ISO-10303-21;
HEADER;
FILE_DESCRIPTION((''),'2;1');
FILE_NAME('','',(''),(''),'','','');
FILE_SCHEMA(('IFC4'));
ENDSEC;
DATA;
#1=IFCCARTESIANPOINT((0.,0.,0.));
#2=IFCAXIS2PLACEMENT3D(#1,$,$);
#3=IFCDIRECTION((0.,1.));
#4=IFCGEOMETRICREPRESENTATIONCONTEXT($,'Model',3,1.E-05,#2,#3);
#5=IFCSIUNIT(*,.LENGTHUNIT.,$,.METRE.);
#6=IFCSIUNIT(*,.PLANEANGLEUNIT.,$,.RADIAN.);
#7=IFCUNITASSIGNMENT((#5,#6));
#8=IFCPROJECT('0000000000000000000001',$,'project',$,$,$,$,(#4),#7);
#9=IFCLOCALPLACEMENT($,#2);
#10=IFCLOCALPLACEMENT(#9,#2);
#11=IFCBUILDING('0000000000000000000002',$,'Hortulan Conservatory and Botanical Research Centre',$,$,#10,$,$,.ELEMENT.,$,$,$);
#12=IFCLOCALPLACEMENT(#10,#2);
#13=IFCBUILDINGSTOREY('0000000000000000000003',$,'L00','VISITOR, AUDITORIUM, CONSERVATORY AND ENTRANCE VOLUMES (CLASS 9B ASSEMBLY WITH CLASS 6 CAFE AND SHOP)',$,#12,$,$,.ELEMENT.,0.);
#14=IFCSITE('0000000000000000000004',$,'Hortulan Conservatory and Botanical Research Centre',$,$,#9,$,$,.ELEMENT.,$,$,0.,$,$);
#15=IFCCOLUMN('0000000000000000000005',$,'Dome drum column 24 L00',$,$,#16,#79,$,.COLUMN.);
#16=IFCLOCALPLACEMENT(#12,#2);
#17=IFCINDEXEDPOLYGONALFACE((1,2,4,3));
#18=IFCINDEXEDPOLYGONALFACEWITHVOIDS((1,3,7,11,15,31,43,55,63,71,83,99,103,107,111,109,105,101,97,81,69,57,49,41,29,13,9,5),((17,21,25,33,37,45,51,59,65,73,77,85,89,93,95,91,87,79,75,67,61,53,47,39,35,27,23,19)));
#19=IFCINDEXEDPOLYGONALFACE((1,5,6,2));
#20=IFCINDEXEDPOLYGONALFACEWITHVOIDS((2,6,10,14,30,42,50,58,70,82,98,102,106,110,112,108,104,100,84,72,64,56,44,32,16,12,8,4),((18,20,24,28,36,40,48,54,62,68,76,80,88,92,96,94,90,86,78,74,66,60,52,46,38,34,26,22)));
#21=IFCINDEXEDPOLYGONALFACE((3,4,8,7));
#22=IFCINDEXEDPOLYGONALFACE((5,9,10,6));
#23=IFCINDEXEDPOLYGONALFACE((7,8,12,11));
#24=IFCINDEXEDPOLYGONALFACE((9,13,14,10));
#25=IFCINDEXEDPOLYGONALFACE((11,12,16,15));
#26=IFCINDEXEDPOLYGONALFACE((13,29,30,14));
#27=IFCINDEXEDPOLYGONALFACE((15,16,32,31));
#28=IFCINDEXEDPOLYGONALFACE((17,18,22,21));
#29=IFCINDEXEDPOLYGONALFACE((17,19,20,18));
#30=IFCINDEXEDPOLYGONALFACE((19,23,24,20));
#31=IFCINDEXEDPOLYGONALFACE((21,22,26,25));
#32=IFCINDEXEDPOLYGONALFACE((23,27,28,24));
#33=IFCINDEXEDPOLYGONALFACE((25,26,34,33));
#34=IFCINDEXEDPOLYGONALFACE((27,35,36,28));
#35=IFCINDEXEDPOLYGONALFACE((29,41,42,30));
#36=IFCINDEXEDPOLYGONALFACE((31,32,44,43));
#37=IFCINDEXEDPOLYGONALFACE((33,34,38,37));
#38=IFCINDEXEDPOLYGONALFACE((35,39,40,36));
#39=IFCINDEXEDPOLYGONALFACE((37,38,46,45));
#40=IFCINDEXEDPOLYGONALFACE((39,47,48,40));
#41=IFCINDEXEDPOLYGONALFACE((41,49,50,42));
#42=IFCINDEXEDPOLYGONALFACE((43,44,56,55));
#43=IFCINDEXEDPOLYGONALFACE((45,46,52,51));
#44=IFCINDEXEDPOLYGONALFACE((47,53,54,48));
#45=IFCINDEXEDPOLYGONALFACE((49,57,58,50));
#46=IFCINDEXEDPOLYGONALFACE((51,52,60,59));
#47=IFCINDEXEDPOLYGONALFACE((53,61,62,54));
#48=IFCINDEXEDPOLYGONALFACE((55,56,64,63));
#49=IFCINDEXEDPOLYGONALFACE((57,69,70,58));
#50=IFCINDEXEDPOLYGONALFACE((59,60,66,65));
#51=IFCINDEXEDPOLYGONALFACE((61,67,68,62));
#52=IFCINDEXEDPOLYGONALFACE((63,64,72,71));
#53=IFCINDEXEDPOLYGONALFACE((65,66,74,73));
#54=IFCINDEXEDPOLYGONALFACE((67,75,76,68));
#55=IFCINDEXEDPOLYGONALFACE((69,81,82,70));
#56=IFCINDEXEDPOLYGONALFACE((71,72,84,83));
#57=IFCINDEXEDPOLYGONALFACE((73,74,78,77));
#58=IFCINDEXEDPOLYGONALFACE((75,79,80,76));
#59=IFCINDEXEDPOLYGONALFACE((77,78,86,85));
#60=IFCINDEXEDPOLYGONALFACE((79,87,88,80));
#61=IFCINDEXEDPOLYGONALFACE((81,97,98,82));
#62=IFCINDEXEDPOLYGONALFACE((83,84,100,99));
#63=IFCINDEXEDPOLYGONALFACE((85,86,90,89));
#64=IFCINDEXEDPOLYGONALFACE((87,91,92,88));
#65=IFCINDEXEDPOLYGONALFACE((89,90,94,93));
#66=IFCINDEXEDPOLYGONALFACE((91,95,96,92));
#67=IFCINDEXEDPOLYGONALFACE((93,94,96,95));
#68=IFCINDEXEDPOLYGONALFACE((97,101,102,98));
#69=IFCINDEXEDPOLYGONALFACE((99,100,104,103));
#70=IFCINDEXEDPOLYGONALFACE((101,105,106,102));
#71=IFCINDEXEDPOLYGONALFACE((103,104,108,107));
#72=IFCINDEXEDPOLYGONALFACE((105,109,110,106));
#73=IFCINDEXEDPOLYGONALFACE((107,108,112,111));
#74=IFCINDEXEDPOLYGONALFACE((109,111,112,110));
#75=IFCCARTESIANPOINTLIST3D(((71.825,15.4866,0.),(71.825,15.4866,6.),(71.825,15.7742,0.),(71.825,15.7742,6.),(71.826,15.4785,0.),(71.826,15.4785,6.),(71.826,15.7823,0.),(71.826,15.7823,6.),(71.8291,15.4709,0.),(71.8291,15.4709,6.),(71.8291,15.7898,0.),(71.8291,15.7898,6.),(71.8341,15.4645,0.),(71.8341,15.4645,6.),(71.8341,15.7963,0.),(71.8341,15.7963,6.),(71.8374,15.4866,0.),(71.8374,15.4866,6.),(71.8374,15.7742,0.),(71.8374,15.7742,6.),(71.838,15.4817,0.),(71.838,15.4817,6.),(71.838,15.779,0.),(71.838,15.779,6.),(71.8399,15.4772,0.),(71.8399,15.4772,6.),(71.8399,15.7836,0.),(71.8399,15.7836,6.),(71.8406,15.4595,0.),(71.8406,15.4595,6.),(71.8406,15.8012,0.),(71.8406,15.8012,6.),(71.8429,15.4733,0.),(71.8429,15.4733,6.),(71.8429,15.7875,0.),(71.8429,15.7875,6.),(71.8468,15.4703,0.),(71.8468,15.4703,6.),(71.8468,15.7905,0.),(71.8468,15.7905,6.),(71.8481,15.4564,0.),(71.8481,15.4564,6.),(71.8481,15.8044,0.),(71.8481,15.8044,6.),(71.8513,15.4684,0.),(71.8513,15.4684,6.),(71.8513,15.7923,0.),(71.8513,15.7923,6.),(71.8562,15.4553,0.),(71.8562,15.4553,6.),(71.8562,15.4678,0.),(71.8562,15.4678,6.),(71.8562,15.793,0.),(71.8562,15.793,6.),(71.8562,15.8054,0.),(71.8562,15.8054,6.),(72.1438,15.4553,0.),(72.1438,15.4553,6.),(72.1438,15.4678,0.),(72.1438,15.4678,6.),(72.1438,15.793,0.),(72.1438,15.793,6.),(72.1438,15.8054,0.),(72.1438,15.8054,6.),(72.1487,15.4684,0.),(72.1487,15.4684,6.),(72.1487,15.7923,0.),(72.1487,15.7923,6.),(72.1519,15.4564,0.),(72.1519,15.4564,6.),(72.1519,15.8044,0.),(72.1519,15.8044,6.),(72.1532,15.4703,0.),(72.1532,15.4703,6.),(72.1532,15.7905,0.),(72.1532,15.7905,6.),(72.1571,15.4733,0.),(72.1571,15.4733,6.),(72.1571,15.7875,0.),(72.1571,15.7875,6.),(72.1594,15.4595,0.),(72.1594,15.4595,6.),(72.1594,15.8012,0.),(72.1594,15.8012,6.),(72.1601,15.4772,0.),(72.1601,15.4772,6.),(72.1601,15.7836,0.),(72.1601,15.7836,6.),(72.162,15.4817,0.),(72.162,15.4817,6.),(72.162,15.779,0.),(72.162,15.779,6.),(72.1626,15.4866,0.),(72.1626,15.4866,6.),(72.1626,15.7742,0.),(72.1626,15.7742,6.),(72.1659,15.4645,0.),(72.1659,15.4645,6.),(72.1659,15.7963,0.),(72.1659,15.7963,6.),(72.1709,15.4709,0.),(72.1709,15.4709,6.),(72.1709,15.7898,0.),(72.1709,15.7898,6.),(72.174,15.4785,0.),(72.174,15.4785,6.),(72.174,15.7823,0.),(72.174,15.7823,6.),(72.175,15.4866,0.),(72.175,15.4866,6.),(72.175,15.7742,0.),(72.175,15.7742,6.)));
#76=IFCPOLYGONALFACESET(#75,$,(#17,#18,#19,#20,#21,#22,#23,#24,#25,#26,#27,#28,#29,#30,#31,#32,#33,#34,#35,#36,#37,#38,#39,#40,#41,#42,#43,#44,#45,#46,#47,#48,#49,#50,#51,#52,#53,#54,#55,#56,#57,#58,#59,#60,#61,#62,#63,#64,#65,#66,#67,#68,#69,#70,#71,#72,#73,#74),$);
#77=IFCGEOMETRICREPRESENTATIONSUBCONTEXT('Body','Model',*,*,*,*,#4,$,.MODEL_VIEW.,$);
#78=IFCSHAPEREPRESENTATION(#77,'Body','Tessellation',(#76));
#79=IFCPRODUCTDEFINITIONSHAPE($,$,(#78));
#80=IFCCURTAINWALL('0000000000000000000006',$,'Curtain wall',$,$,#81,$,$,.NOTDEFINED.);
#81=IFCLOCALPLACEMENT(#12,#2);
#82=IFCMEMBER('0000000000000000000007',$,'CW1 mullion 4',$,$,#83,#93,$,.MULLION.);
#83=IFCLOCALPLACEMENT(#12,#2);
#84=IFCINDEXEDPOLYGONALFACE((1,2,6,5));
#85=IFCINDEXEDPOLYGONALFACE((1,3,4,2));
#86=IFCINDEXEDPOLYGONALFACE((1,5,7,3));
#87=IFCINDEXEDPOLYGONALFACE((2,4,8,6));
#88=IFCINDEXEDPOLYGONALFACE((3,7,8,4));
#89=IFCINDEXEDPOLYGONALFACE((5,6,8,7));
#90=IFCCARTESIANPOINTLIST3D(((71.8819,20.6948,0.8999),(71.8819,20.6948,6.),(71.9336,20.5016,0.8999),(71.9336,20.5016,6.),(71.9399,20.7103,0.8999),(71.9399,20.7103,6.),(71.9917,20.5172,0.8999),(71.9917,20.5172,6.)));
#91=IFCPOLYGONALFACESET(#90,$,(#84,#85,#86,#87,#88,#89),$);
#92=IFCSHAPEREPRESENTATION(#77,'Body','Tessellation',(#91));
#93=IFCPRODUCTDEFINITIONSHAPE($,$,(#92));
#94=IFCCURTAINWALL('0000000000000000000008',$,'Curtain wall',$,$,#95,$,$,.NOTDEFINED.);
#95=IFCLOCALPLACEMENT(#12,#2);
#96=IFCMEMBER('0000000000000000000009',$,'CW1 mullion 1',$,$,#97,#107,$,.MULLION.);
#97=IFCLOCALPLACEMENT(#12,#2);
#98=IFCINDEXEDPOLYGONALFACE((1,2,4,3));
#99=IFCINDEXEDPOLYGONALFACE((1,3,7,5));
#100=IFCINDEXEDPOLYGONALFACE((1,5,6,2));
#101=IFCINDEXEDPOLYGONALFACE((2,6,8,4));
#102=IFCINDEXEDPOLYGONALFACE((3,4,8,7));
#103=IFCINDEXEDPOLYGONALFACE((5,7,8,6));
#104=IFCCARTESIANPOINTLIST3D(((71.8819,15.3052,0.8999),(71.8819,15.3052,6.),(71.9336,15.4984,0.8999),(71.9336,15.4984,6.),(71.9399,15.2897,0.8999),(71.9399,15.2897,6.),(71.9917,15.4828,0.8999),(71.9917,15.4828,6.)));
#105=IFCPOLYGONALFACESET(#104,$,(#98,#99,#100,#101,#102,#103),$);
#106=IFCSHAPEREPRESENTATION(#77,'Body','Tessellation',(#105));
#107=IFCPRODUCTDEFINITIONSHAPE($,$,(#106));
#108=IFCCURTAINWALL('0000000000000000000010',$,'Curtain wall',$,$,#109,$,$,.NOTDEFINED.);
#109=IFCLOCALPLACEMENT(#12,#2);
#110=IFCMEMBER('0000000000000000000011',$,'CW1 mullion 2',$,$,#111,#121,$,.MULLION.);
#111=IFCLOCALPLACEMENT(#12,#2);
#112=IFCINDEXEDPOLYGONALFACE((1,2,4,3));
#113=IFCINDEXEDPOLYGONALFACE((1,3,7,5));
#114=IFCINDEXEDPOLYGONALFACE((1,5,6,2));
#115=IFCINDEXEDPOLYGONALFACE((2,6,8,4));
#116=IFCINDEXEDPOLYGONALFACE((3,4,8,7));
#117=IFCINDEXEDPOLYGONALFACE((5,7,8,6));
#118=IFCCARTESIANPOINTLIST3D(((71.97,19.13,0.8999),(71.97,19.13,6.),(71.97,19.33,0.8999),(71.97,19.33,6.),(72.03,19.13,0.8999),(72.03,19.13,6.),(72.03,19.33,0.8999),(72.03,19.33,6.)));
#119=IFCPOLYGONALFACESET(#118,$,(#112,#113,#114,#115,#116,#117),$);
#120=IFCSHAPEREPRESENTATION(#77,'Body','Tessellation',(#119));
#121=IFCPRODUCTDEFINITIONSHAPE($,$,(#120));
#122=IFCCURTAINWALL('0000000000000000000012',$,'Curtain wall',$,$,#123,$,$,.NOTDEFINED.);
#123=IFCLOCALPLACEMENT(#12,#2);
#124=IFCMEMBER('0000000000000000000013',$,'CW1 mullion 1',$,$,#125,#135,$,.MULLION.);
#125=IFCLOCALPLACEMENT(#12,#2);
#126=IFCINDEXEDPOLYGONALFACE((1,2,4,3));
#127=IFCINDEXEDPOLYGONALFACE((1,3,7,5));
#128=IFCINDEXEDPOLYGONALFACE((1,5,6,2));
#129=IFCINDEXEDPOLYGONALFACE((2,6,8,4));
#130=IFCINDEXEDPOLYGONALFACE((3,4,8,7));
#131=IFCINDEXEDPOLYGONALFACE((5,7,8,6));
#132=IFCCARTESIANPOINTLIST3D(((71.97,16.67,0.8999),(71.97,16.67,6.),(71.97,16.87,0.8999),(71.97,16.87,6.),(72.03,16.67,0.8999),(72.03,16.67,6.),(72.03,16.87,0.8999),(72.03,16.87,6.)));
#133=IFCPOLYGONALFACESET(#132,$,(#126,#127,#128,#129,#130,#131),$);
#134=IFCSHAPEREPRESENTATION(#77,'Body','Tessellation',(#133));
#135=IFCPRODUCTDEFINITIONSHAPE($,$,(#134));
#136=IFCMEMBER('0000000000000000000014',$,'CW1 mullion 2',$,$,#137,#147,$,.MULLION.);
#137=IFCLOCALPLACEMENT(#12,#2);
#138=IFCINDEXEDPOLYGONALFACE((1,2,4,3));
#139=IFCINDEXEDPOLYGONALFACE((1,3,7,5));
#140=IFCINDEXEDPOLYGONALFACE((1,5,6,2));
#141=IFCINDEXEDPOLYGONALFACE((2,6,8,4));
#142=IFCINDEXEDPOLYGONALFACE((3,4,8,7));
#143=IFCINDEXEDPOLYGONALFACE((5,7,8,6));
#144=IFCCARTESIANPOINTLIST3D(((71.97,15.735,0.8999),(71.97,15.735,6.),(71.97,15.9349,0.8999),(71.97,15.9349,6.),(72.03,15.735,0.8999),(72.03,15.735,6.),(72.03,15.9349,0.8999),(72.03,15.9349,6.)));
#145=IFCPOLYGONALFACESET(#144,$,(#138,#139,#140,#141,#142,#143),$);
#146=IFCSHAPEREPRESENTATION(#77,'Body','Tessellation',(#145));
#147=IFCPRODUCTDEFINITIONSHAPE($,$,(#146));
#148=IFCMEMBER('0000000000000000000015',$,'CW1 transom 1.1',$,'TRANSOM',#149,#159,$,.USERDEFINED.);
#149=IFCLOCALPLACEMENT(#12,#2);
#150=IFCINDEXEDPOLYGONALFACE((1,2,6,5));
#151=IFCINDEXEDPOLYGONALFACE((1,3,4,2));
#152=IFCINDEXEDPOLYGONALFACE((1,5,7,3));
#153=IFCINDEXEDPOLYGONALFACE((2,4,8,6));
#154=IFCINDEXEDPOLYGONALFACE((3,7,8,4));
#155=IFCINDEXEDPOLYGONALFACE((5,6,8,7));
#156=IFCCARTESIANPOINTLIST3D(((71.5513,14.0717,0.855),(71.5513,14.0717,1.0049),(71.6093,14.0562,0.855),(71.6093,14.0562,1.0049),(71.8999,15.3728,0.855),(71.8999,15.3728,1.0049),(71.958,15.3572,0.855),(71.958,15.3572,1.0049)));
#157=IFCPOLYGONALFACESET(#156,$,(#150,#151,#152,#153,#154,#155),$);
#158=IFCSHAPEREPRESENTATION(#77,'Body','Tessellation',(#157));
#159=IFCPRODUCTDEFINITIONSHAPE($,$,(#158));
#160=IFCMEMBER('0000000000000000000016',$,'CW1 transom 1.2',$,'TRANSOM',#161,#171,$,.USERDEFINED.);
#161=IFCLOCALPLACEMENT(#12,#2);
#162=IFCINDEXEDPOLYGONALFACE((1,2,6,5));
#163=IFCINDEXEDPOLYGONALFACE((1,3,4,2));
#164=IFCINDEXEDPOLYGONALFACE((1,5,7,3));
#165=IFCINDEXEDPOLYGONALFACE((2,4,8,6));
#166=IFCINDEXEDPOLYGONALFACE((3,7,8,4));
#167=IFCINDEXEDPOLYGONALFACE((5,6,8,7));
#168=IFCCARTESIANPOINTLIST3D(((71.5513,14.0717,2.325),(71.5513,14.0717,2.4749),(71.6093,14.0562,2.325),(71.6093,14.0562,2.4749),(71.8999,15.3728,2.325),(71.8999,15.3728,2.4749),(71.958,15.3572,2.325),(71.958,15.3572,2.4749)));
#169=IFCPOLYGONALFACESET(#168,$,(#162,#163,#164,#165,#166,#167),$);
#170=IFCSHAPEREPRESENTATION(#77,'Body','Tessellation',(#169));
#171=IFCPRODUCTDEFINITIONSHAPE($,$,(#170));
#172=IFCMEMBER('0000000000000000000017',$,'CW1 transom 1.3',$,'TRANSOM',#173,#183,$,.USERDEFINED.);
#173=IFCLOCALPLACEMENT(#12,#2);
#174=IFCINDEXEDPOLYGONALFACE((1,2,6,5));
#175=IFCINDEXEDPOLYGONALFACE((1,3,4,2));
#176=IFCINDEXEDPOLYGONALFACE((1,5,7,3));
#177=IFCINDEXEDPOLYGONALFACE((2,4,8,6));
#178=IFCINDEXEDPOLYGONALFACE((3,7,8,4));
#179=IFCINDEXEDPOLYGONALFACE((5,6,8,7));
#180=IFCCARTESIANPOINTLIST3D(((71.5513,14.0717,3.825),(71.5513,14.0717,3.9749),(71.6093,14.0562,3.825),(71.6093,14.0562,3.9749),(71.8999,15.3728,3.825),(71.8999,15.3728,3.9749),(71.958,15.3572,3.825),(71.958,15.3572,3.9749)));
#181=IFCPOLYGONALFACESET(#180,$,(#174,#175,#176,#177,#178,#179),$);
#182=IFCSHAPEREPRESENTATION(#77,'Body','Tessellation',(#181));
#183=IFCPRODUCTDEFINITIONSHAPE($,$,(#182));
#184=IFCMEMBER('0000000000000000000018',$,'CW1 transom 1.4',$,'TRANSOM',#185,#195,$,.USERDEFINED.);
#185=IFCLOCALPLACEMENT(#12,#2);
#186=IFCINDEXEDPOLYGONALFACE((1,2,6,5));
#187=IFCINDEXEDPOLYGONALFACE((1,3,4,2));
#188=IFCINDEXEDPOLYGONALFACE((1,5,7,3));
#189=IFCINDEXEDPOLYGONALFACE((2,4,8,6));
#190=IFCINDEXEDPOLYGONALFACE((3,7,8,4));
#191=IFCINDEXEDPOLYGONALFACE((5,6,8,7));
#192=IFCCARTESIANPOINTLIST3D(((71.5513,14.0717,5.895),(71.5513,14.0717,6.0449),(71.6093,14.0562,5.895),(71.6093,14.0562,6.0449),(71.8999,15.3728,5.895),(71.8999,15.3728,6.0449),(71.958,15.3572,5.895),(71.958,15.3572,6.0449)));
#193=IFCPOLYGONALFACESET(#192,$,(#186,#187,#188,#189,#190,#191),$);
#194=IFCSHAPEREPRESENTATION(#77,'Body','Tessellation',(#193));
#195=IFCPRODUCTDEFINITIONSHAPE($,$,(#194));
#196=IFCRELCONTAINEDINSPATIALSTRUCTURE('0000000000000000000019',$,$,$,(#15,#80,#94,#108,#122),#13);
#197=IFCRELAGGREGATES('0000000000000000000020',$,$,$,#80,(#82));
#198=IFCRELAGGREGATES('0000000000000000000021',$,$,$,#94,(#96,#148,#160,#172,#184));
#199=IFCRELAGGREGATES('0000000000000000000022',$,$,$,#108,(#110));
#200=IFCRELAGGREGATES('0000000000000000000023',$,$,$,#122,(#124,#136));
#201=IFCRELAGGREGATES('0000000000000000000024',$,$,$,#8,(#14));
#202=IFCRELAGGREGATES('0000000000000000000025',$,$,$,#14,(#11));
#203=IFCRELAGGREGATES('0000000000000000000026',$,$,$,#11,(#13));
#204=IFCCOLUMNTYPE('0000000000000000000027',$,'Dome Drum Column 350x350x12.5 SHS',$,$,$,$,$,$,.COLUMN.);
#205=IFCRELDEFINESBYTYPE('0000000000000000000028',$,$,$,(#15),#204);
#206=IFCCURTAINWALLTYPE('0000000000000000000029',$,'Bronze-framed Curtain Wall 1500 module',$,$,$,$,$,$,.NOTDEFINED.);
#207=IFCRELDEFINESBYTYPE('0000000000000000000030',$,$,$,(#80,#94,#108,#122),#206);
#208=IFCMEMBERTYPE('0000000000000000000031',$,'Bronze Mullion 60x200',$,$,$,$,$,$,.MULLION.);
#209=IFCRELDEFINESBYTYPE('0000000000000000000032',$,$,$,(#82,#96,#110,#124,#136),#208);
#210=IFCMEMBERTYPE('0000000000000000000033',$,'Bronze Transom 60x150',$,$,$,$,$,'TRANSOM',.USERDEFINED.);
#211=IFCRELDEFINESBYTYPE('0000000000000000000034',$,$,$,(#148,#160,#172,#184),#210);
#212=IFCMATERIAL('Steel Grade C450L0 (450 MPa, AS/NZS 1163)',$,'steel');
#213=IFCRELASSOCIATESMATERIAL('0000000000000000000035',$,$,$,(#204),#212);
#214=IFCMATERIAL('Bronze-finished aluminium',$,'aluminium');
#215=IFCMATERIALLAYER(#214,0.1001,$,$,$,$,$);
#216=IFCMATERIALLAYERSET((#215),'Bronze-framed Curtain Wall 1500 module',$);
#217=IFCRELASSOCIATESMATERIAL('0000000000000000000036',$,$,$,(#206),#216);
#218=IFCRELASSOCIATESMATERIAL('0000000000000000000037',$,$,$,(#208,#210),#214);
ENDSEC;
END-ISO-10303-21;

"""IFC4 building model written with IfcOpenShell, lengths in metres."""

from ifc_helpers import new_model, si_unit, direction, frame, origin, origin_2d, place, context, subcontext, project, spatial, rectangle, hollow_rectangle, extrude, material, layer, layer_set, material_profile, profile_set, type_object, element, aggregate, save


model = new_model("IFC4")

# Units and contexts
model_context = context("Model", 3, precision=1e-05, world=origin(), true_north=direction((0.0, 1.0)))
body_context = subcontext(model_context, "Body", "Model", "MODEL_VIEW")
ifc_project = project(units=[si_unit("LENGTHUNIT", "METRE"), si_unit("PLANEANGLEUNIT", "RADIAN")], contexts=[model_context])

# Site, building, storey
site_placement = place(None, origin())
site = spatial("IfcSite", under=ifc_project, at=site_placement, Name="Hortulan Conservatory and Botanical Research Centre", CompositionType="ELEMENT", RefElevation=0.0)
building_placement = place(site_placement, origin())
building = spatial("IfcBuilding", under=site, at=building_placement, Name="Hortulan Conservatory and Botanical Research Centre", CompositionType="ELEMENT")
storey_placement = place(building_placement, origin())
storey = spatial("IfcBuildingStorey", under=building, at=storey_placement, Name="L00", Description="VISITOR, AUDITORIUM, CONSERVATORY AND ENTRANCE VOLUMES (CLASS 9B ASSEMBLY WITH CLASS 6 CAFE AND SHOP)", CompositionType="ELEMENT", Elevation=0.0)

# Column
ifc_material_1 = material(Name="Steel Grade C450L0 (450 MPa, AS/NZS 1163)", Category="steel")
ifc_material_profile_1 = material_profile(ifc_material_1, hollow_rectangle(XDim=0.3501, YDim=0.3501, WallThickness=0.0125, InnerFilletRadius=0.0188, OuterFilletRadius=0.0312, at=origin_2d()), Name="350x350x12.5SHS")
ifc_profile_set_1 = profile_set([ifc_material_profile_1], Name="Steel Grade C450L0 (450 MPa, AS/NZS 1163)")
column_type = type_object("IfcColumnType", Name="Dome Drum Column 350x350x12.5 SHS", PredefinedType="COLUMN", material=ifc_profile_set_1)
column_placement = place(storey_placement, frame((72.0, 15.6304, 0.0), z_axis=(0.0, 0.0, 1.0), x_axis=(1.0, 0.0, 0.0)))
element("IfcColumn", 1, at=column_placement, inside=storey, type_object=column_type, Name="Dome drum column 24 L00", PredefinedType="COLUMN", context=body_context, shape_type="SweptSolid", body=[
    extrude(hollow_rectangle(XDim=0.3501, YDim=0.3501, WallThickness=0.0125, InnerFilletRadius=0.0188, OuterFilletRadius=0.0312, at=origin_2d()), origin(), (0.0, 0.0, 1.0), 6.0),
])

# Curtain walls, members
ifc_material_2 = material(Name="Bronze-finished aluminium", Category="aluminium")
ifc_layer_1 = layer(ifc_material_2, 0.1001)
ifc_layer_set_1 = layer_set([ifc_layer_1], Name="Bronze-framed Curtain Wall 1500 module")
curtain_wall_type = type_object("IfcCurtainWallType", Name="Bronze-framed Curtain Wall 1500 module", PredefinedType="NOTDEFINED", material=ifc_layer_set_1)
curtain_wall_1_placement = place(storey_placement, origin())
curtain_wall_1 = element("IfcCurtainWall", 2, at=curtain_wall_1_placement, inside=storey, type_object=curtain_wall_type, Name="Curtain wall", PredefinedType="NOTDEFINED")
ifc_material_profile_2 = material_profile(ifc_material_2, rectangle(XDim=0.0601, YDim=0.2, at=origin_2d()), Name="Bronze Mullion 60x200")
ifc_profile_set_2 = profile_set([ifc_material_profile_2], Name="Bronze-finished aluminium")
member_type_1 = type_object("IfcMemberType", Name="Bronze Mullion 60x200", PredefinedType="MULLION", material=ifc_profile_set_2)
member_1_placement = place(storey_placement, frame((71.9368, 20.606, 0.8999), z_axis=(0.0, 0.0, 1.0), x_axis=(0.965922, 0.258832, 0.0)))
member_1 = element("IfcMember", 3, at=member_1_placement, type_object=member_type_1, Name="CW1 mullion 4", PredefinedType="MULLION", context=body_context, shape_type="SweptSolid", body=[
    extrude(rectangle(XDim=0.0601, YDim=0.2, at=origin_2d()), origin(), (0.0, 0.0, 1.0), 5.1001),
])
aggregate(curtain_wall_1, [member_1])
curtain_wall_2_placement = place(storey_placement, origin())
curtain_wall_2 = element("IfcCurtainWall", 4, at=curtain_wall_2_placement, inside=storey, type_object=curtain_wall_type, Name="Curtain wall", PredefinedType="NOTDEFINED")
member_2_placement = place(storey_placement, frame((71.9368, 15.394, 0.8999), z_axis=(0.0, 0.0, 1.0), x_axis=(0.965922, -0.258832, 0.0)))
member_2 = element("IfcMember", 5, at=member_2_placement, type_object=member_type_1, Name="CW1 mullion 1", PredefinedType="MULLION", context=body_context, shape_type="SweptSolid", body=[
    extrude(rectangle(XDim=0.0601, YDim=0.2, at=origin_2d()), origin(), (0.0, 0.0, 1.0), 5.1001),
])
curtain_wall_3_placement = place(storey_placement, origin())
curtain_wall_3 = element("IfcCurtainWall", 6, at=curtain_wall_3_placement, inside=storey, type_object=curtain_wall_type, Name="Curtain wall", PredefinedType="NOTDEFINED")
member_3_placement = place(storey_placement, frame((72.0, 19.23, 0.8999), z_axis=(0.0, 0.0, 1.0), x_axis=(1.0, 0.0, 0.0)))
member_3 = element("IfcMember", 7, at=member_3_placement, type_object=member_type_1, Name="CW1 mullion 2", PredefinedType="MULLION", context=body_context, shape_type="SweptSolid", body=[
    extrude(rectangle(XDim=0.0601, YDim=0.2, at=origin_2d()), origin(), (0.0, 0.0, 1.0), 5.1001),
])

# Curtain wall, members
curtain_wall_4_placement = place(storey_placement, origin())
curtain_wall_4 = element("IfcCurtainWall", 8, at=curtain_wall_4_placement, inside=storey, type_object=curtain_wall_type, Name="Curtain wall", PredefinedType="NOTDEFINED")
member_4_placement = place(storey_placement, frame((72.0, 16.77, 0.8999), z_axis=(0.0, 0.0, 1.0), x_axis=(1.0, 0.0, 0.0)))
member_4 = element("IfcMember", 9, at=member_4_placement, type_object=member_type_1, Name="CW1 mullion 1", PredefinedType="MULLION", context=body_context, shape_type="SweptSolid", body=[
    extrude(rectangle(XDim=0.0601, YDim=0.2, at=origin_2d()), origin(), (0.0, 0.0, 1.0), 5.1001),
])
member_5_placement = place(storey_placement, frame((72.0, 15.835, 0.8999), z_axis=(0.0, 0.0, 1.0), x_axis=(1.0, 0.0, 0.0)))
member_5 = element("IfcMember", 10, at=member_5_placement, type_object=member_type_1, Name="CW1 mullion 2", PredefinedType="MULLION", context=body_context, shape_type="SweptSolid", body=[
    extrude(rectangle(XDim=0.0601, YDim=0.2, at=origin_2d()), origin(), (0.0, 0.0, 1.0), 5.1001),
])

# Members
ifc_material_profile_3 = material_profile(ifc_material_2, rectangle(XDim=0.0601, YDim=0.1499, at=origin_2d()), Name="Bronze Transom 60x150")
ifc_profile_set_3 = profile_set([ifc_material_profile_3], Name="Bronze-finished aluminium")
member_type_2 = type_object("IfcMemberType", Name="Bronze Transom 60x150", ElementType="TRANSOM", PredefinedType="USERDEFINED", material=ifc_profile_set_3)
member_6_placement = place(storey_placement, frame((71.929, 15.365, 0.9299), z_axis=(-0.258836, -0.965921, 0.0), x_axis=(0.965921, -0.258836, 0.0)))
member_6 = element("IfcMember", 11, at=member_6_placement, type_object=member_type_2, Name="CW1 transom 1.1", ObjectType="TRANSOM", PredefinedType="USERDEFINED", context=body_context, shape_type="SweptSolid", body=[
    extrude(rectangle(XDim=0.0601, YDim=0.1499, at=origin_2d()), origin(), (0.0, 0.0, 1.0), 1.3469),
])
member_7_placement = place(storey_placement, frame((71.929, 15.365, 2.3999), z_axis=(-0.258836, -0.965921, 0.0), x_axis=(0.965921, -0.258836, 0.0)))
member_7 = element("IfcMember", 12, at=member_7_placement, type_object=member_type_2, Name="CW1 transom 1.2", ObjectType="TRANSOM", PredefinedType="USERDEFINED", context=body_context, shape_type="SweptSolid", body=[
    extrude(rectangle(XDim=0.0601, YDim=0.1499, at=origin_2d()), origin(), (0.0, 0.0, 1.0), 1.3469),
])
member_8_placement = place(storey_placement, frame((71.929, 15.365, 3.8999), z_axis=(-0.258836, -0.965921, 0.0), x_axis=(0.965921, -0.258836, 0.0)))
member_8 = element("IfcMember", 13, at=member_8_placement, type_object=member_type_2, Name="CW1 transom 1.3", ObjectType="TRANSOM", PredefinedType="USERDEFINED", context=body_context, shape_type="SweptSolid", body=[
    extrude(rectangle(XDim=0.0601, YDim=0.1499, at=origin_2d()), origin(), (0.0, 0.0, 1.0), 1.3469),
])
member_9_placement = place(storey_placement, frame((71.929, 15.365, 5.97), z_axis=(-0.258836, -0.965921, 0.0), x_axis=(0.965921, -0.258836, 0.0)))
member_9 = element("IfcMember", 14, at=member_9_placement, type_object=member_type_2, Name="CW1 transom 1.4", ObjectType="TRANSOM", PredefinedType="USERDEFINED", context=body_context, shape_type="SweptSolid", body=[
    extrude(rectangle(XDim=0.0601, YDim=0.1499, at=origin_2d()), origin(), (0.0, 0.0, 1.0), 1.3469),
])
aggregate(curtain_wall_2, [member_2, member_6, member_7, member_8, member_9])

aggregate(curtain_wall_3, [member_3])
aggregate(curtain_wall_4, [member_4, member_5])

save(model, "model.ifc")
